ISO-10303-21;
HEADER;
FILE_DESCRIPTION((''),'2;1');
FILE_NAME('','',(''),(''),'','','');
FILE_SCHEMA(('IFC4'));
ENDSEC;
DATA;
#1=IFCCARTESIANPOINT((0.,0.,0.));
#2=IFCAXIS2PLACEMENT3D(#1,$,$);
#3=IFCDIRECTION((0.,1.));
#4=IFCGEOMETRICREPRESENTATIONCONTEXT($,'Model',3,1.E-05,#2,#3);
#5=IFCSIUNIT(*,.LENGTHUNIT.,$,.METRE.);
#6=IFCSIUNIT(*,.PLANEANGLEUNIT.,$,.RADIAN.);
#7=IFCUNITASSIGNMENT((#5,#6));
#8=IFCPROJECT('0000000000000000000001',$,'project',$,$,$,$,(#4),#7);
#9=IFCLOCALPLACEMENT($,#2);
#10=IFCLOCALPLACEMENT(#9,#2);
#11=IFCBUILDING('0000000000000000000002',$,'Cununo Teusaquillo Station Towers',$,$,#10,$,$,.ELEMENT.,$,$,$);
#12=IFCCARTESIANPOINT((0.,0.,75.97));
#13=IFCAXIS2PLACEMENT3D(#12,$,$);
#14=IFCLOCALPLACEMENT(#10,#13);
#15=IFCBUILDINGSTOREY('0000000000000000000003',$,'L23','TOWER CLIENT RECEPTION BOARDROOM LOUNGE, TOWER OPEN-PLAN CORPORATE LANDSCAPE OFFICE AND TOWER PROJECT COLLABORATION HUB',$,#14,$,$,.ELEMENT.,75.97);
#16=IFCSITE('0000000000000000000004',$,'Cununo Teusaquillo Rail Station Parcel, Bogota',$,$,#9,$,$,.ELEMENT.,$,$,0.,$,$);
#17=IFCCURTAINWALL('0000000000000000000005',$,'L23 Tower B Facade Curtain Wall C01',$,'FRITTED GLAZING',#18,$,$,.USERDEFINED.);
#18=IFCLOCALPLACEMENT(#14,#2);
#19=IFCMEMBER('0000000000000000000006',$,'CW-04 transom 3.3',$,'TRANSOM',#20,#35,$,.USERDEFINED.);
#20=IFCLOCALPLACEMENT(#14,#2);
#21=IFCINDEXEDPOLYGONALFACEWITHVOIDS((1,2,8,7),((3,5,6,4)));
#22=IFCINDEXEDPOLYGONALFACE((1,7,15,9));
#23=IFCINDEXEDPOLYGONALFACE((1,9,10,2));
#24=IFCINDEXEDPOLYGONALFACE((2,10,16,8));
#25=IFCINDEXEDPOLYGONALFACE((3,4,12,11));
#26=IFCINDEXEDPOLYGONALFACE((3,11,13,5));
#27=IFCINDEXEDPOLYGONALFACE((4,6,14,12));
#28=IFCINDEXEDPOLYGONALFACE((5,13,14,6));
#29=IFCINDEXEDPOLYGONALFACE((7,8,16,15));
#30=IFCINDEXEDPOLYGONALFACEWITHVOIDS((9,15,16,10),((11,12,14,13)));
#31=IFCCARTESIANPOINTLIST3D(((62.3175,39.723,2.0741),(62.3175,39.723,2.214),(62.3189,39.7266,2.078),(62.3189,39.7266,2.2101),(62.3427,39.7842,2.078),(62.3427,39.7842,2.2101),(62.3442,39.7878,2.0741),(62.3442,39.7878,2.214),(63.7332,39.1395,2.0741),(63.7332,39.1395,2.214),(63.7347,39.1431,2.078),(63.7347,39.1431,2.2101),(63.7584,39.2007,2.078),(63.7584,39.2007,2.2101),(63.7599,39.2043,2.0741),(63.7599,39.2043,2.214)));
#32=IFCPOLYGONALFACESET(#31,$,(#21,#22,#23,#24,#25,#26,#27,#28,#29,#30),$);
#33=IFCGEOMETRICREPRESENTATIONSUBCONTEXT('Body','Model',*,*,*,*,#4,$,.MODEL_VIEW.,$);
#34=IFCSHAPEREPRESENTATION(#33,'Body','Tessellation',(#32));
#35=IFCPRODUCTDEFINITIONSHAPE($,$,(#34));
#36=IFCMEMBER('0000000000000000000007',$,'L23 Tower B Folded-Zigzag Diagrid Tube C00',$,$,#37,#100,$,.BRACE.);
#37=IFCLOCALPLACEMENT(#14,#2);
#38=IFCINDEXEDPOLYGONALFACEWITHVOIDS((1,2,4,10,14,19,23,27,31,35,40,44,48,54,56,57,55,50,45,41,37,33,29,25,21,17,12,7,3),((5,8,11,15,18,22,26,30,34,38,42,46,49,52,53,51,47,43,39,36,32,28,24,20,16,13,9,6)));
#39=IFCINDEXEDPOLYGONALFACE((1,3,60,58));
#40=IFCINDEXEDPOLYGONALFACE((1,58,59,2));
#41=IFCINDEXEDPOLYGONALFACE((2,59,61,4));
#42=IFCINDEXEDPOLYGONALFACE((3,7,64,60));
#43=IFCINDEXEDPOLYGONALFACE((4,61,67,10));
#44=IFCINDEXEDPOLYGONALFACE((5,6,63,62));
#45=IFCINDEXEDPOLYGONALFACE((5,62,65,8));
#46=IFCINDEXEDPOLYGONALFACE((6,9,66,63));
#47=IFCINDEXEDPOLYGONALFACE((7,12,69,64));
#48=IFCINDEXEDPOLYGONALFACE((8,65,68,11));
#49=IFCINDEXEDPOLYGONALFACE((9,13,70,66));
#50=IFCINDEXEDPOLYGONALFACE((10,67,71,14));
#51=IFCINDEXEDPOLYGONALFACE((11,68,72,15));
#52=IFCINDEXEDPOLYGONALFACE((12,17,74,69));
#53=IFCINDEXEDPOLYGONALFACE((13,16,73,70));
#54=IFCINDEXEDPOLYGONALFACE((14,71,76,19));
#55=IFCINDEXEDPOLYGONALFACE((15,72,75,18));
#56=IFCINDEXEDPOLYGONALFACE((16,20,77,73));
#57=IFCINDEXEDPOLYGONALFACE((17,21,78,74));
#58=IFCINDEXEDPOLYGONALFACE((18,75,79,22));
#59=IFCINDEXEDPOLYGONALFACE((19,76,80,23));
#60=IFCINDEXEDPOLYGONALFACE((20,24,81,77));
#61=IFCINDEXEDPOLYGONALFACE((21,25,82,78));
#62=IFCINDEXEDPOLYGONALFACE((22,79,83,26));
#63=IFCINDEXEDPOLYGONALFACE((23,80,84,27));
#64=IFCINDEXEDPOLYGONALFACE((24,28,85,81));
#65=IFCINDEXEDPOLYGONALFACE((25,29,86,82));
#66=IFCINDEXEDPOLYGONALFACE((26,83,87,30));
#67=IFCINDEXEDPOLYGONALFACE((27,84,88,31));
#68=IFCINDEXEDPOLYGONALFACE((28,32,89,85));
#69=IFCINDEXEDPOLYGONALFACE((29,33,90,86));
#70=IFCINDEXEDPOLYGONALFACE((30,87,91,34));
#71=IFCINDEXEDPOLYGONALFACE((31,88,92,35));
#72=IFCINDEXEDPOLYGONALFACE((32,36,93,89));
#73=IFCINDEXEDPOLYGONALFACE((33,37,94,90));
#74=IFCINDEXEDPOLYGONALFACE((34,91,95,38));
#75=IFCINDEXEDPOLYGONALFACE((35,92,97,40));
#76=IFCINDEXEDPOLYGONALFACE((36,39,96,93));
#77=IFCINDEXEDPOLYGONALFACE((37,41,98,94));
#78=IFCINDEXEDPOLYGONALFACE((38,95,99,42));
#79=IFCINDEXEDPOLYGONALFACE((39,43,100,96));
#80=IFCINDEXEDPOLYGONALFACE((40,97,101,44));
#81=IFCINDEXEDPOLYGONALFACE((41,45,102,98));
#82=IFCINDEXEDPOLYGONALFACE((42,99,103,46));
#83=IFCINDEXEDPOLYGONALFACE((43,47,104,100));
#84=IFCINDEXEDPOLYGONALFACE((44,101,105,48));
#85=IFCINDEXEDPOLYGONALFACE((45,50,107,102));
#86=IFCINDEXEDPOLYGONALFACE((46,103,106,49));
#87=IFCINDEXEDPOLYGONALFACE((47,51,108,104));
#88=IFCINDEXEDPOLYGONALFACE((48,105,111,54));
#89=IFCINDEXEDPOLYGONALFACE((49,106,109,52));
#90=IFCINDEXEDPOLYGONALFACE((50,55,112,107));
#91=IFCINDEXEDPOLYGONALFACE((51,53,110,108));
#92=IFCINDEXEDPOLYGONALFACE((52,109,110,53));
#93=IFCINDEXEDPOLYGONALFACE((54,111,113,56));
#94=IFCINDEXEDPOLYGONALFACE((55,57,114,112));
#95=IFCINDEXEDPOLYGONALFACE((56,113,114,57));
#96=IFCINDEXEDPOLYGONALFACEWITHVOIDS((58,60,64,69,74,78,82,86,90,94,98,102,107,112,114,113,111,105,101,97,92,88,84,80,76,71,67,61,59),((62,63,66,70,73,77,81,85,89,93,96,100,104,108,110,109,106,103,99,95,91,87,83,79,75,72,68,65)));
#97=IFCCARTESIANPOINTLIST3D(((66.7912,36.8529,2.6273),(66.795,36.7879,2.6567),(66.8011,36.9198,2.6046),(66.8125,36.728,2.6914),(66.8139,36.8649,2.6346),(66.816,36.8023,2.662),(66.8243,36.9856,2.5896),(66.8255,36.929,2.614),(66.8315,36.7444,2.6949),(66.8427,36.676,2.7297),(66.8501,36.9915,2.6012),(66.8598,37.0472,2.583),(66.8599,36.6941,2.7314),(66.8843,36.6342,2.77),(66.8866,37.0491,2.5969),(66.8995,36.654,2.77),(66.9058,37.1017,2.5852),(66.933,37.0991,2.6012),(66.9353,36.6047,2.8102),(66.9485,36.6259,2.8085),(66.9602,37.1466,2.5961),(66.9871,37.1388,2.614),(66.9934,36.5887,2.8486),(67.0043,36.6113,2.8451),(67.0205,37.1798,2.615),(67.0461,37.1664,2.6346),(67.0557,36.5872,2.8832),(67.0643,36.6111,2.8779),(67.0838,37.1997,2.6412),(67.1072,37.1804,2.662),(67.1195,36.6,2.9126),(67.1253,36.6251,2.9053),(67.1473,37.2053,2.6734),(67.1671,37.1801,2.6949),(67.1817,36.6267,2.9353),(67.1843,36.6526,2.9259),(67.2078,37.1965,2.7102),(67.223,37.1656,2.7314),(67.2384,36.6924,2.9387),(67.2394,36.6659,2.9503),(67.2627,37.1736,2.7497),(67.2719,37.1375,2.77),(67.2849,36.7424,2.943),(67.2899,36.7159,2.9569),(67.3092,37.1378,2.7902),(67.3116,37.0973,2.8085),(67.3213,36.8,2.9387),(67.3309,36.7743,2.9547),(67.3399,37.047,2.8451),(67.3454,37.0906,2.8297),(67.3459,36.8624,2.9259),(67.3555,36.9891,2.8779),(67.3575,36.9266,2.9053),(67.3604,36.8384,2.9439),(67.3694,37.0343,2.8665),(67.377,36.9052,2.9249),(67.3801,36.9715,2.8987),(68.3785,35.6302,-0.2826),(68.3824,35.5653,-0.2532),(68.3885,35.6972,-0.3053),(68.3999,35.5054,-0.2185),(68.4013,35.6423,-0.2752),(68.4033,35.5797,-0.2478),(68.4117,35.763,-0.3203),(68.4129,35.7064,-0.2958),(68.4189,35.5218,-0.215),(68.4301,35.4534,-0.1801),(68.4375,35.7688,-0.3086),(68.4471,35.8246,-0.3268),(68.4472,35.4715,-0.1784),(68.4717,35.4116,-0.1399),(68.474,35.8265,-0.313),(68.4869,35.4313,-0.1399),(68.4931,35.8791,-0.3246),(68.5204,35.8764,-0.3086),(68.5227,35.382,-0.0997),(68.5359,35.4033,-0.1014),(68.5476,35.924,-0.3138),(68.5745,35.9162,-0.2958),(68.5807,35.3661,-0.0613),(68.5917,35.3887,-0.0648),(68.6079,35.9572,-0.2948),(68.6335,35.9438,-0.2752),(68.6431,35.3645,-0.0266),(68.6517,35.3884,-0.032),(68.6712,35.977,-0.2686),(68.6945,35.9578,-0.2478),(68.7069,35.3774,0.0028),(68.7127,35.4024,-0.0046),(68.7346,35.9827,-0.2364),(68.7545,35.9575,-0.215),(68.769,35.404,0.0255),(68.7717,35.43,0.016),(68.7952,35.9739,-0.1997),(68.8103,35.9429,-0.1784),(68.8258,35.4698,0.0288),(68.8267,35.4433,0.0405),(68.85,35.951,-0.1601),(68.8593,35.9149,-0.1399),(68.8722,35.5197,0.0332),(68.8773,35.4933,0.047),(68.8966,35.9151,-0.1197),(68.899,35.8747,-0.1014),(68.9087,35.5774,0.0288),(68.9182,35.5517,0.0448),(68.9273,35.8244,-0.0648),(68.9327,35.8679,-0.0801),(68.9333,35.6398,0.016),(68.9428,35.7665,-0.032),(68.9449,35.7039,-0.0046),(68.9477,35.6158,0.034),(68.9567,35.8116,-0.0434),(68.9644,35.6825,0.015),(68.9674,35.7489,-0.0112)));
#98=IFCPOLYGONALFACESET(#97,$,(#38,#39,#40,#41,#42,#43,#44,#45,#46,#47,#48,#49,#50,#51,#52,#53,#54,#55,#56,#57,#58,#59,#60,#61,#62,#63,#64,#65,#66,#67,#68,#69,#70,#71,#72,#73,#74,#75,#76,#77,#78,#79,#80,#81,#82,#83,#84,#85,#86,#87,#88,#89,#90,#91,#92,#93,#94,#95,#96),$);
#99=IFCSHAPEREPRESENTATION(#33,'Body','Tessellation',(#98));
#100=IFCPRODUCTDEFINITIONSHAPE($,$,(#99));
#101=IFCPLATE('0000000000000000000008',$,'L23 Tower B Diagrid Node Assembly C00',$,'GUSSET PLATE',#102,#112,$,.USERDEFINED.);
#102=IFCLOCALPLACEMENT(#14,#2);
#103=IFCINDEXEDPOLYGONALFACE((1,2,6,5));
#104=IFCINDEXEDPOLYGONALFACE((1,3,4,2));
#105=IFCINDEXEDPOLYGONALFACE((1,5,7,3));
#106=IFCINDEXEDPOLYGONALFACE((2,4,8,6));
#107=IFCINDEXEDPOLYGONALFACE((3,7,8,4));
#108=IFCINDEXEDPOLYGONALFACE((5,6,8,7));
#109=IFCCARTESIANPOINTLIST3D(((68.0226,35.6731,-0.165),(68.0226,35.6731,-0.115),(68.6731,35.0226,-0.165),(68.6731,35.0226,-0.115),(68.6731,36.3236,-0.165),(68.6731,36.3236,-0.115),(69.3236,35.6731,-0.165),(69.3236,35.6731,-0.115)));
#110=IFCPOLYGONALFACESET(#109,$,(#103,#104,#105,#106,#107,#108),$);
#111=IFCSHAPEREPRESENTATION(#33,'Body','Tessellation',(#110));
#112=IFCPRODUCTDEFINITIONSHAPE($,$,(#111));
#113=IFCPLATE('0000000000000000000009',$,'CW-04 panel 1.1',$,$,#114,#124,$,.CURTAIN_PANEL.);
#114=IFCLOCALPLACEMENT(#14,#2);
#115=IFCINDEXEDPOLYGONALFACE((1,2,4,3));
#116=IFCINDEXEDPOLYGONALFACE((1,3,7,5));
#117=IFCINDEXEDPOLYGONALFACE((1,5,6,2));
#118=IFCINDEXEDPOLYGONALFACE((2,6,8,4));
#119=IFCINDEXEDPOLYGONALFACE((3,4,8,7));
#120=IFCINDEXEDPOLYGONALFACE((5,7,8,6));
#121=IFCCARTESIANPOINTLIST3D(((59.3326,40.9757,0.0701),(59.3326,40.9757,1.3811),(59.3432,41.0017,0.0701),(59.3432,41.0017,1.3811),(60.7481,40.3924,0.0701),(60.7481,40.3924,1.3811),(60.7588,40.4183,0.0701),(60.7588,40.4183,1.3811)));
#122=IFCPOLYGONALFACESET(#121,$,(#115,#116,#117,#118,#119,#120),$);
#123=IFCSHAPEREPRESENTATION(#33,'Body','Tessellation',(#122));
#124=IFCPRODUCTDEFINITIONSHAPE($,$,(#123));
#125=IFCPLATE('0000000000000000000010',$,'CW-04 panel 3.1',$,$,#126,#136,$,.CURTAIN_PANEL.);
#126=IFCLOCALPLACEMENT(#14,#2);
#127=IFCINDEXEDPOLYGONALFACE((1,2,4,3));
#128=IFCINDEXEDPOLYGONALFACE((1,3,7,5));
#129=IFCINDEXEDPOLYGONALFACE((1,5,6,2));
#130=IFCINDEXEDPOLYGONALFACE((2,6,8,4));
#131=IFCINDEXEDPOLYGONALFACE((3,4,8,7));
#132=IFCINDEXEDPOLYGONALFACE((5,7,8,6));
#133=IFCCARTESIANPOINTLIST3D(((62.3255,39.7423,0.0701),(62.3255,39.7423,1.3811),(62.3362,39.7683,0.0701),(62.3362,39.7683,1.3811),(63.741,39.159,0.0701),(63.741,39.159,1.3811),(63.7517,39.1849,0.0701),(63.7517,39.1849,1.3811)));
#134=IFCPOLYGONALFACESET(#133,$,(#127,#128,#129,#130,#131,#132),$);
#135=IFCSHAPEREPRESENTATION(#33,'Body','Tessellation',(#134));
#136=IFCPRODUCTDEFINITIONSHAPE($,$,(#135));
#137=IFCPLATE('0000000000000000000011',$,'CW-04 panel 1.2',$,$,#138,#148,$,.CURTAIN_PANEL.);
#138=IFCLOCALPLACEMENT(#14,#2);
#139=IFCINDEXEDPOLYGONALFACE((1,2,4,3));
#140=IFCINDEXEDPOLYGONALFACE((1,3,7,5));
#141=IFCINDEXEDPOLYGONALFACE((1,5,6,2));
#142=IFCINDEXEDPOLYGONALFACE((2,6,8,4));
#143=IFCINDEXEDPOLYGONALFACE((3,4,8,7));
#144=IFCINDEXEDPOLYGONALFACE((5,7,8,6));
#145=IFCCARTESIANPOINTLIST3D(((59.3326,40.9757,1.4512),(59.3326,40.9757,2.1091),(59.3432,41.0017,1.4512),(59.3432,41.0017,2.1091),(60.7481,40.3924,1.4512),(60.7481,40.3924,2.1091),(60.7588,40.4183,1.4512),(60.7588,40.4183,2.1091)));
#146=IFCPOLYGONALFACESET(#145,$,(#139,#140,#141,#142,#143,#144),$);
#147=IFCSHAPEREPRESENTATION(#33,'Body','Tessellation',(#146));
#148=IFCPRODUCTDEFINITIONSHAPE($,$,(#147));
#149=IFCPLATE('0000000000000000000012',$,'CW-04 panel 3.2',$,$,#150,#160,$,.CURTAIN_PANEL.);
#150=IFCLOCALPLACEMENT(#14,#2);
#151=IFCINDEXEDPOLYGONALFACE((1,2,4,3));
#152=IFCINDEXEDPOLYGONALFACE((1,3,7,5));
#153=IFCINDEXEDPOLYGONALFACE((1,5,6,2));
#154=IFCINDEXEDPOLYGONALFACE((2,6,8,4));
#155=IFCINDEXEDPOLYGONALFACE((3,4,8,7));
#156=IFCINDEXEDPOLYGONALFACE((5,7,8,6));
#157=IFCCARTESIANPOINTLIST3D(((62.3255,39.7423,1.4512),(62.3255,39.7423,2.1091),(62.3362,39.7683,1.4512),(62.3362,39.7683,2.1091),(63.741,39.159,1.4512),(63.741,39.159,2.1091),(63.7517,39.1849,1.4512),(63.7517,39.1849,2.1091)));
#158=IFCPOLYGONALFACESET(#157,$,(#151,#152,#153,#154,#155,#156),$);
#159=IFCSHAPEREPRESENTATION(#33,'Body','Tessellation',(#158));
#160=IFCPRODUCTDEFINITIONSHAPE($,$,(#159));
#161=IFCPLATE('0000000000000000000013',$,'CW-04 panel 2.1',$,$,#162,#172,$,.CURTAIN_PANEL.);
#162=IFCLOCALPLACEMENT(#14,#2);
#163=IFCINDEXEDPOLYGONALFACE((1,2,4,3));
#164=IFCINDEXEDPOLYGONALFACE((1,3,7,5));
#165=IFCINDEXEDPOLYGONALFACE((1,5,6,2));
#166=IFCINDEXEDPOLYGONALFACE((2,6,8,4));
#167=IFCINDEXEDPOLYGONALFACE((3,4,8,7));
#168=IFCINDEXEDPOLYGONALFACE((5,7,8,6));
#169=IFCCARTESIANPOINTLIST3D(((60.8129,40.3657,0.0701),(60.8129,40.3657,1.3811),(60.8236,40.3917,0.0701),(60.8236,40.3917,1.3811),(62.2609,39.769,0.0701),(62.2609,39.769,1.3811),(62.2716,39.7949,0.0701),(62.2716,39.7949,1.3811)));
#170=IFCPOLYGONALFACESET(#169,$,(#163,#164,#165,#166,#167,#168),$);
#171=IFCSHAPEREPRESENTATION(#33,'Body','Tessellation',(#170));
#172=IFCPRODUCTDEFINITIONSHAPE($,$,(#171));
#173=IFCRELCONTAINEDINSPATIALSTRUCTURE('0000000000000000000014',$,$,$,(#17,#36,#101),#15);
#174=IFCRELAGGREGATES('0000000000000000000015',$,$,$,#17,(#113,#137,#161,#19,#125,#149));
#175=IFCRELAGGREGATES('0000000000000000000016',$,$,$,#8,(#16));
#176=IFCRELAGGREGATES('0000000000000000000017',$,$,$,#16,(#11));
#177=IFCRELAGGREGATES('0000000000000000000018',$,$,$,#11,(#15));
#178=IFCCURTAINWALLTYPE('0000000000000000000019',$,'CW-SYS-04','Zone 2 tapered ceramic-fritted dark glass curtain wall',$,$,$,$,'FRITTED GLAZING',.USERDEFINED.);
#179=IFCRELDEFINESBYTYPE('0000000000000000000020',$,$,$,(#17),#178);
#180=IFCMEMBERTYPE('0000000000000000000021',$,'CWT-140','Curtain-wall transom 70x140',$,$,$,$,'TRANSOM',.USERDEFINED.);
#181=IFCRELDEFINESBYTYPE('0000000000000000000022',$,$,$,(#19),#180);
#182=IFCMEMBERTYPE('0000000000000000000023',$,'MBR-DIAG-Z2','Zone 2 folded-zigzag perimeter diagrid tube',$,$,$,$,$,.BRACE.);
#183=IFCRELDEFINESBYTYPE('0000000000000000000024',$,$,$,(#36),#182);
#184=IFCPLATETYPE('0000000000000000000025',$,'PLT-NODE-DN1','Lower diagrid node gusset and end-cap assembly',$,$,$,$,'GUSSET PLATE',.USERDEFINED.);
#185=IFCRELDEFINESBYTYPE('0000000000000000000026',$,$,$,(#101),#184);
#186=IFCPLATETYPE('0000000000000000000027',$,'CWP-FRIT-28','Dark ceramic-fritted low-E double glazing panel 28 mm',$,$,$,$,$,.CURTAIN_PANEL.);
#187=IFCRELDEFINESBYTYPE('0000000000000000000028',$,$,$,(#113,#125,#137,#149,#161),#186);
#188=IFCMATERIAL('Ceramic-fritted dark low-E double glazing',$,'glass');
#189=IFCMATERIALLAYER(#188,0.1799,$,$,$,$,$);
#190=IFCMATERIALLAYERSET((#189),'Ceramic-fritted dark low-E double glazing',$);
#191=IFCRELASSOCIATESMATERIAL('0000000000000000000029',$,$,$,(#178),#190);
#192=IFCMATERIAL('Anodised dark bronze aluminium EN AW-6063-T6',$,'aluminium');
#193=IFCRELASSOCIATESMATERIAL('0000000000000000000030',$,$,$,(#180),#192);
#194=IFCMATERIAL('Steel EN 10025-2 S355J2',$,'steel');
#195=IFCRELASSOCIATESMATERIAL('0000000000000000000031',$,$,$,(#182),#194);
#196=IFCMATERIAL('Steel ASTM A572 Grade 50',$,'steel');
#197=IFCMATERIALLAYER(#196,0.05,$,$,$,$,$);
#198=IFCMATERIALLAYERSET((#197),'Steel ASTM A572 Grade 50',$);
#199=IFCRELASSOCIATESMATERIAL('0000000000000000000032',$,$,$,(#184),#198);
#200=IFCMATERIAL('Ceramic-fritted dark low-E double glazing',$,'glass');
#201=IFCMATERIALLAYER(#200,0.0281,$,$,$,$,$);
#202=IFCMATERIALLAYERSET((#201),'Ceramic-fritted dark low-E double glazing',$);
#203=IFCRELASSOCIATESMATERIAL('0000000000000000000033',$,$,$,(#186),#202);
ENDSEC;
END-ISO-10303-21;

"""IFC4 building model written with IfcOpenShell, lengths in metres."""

from ifc_helpers import new_model, si_unit, direction, frame, origin, origin_2d, place, context, subcontext, project, spatial, rectangle, hollow_rectangle, hollow_circle, extrude, source, transform, mapped, material, layer, layer_set, material_profile, profile_set, type_object, element, aggregate, save


model = new_model("IFC4")

# Units and contexts
model_context = context("Model", 3, precision=1e-05, world=origin(), true_north=direction((0.0, 1.0)))
body_context = subcontext(model_context, "Body", "Model", "MODEL_VIEW")
ifc_project = project(units=[si_unit("LENGTHUNIT", "METRE"), si_unit("PLANEANGLEUNIT", "RADIAN")], contexts=[model_context])

# Site, building, storey
site_placement = place(None, origin())
site = spatial("IfcSite", under=ifc_project, at=site_placement, Name="Cununo Teusaquillo Rail Station Parcel, Bogota", CompositionType="ELEMENT", RefElevation=0.0)
building_placement = place(site_placement, origin())
building = spatial("IfcBuilding", under=site, at=building_placement, Name="Cununo Teusaquillo Station Towers", CompositionType="ELEMENT")
storey_placement = place(building_placement, frame((0.0, 0.0, 75.97)))
storey = spatial("IfcBuildingStorey", under=building, at=storey_placement, Name="L23", Description="TOWER CLIENT RECEPTION BOARDROOM LOUNGE, TOWER OPEN-PLAN CORPORATE LANDSCAPE OFFICE AND TOWER PROJECT COLLABORATION HUB", CompositionType="ELEMENT", Elevation=75.97)

# Curtain wall, member
ifc_material_1 = material(Name="Ceramic-fritted dark low-E double glazing", Category="glass")
ifc_layer_1 = layer(ifc_material_1, 0.1799)
ifc_layer_set_1 = layer_set([ifc_layer_1], Name="Ceramic-fritted dark low-E double glazing")
curtain_wall_type = type_object("IfcCurtainWallType", Name="CW-SYS-04", Description="Zone 2 tapered ceramic-fritted dark glass curtain wall", ElementType="FRITTED GLAZING", PredefinedType="USERDEFINED", material=ifc_layer_set_1)
curtain_wall_placement = place(storey_placement, origin())
curtain_wall = element("IfcCurtainWall", 1, at=curtain_wall_placement, inside=storey, type_object=curtain_wall_type, Name="L23 Tower B Facade Curtain Wall C01", ObjectType="FRITTED GLAZING", PredefinedType="USERDEFINED")
ifc_material_2 = material(Name="Anodised dark bronze aluminium EN AW-6063-T6", Category="aluminium")
ifc_material_profile_1 = material_profile(ifc_material_2, hollow_rectangle(XDim=0.0701, YDim=0.1399, WallThickness=0.0039, at=origin_2d()), Name="CW-TRAN-70x140")
ifc_profile_set_1 = profile_set([ifc_material_profile_1], Name="Anodised dark bronze aluminium EN AW-6063-T6")
member_type_1 = type_object("IfcMemberType", Name="CWT-140", Description="Curtain-wall transom 70x140", ElementType="TRANSOM", PredefinedType="USERDEFINED", material=ifc_profile_set_1)
member_1_placement = place(storey_placement, frame((62.3308, 39.7554, 2.144), z_axis=(0.924556, -0.381046, 0.0), x_axis=(0.381046, 0.924556, 0.0)))
member_1 = element("IfcMember", 2, at=member_1_placement, type_object=member_type_1, Name="CW-04 transom 3.3", ObjectType="TRANSOM", PredefinedType="USERDEFINED", context=body_context, shape_type="SweptSolid", body=[
    extrude(hollow_rectangle(XDim=0.0701, YDim=0.1399, WallThickness=0.0039, at=origin_2d()), origin(), (0.0, 0.0, 1.0), 1.5312),
])

# Member
ifc_material_3 = material(Name="Steel EN 10025-2 S355J2", Category="steel")
ifc_material_profile_2 = material_profile(ifc_material_3, hollow_circle(Radius=0.3301, WallThickness=0.0249, at=origin_2d()), Name="CHS 660x25")
ifc_profile_set_2 = profile_set([ifc_material_profile_2], Name="Steel EN 10025-2 S355J2")
member_type_2 = type_object("IfcMemberType", Name="MBR-DIAG-Z2", Description="Zone 2 folded-zigzag perimeter diagrid tube", PredefinedType="BRACE", material=ifc_profile_set_2)
member_2_placement = place(storey_placement, frame((68.6731, 35.6731, -0.1399), z_axis=(-0.449303, 0.346064, 0.82363), x_axis=(-0.610205, -0.792243, 0.0)))
element("IfcMember", 3, at=member_2_placement, inside=storey, type_object=member_type_2, Name="L23 Tower B Folded-Zigzag Diagrid Tube C00", PredefinedType="BRACE", context=body_context, shape_type="SweptSolid", body=[
    extrude(hollow_circle(Radius=0.3301, WallThickness=0.0249, at=origin_2d()), origin(), (0.0, 0.0, 1.0), 3.533),
])

# Plates
ifc_material_4 = material(Name="Steel ASTM A572 Grade 50", Category="steel")
ifc_layer_2 = layer(ifc_material_4, 0.05)
ifc_layer_set_2 = layer_set([ifc_layer_2], Name="Steel ASTM A572 Grade 50")
plate_type_1 = type_object("IfcPlateType", Name="PLT-NODE-DN1", Description="Lower diagrid node gusset and end-cap assembly", ElementType="GUSSET PLATE", PredefinedType="USERDEFINED", material=ifc_layer_set_2)
shared_shape_1 = source(origin(), body_context, "Body", "SweptSolid", [
    extrude(rectangle(XDim=0.9199, YDim=0.9199, at=origin_2d()), origin(), (0.0, 0.0, 1.0), 0.05),
])
plate_1_placement = place(storey_placement, frame((68.6731, 35.6731, -0.165), z_axis=(0.0, 0.0, 1.0), x_axis=(0.707107, 0.707107, 0.0)))
element("IfcPlate", 4, at=plate_1_placement, inside=storey, type_object=plate_type_1, Name="L23 Tower B Diagrid Node Assembly C00", ObjectType="GUSSET PLATE", PredefinedType="USERDEFINED", context=body_context, shape_type="MappedRepresentation", body=[
    mapped(shared_shape_1, transform((0.0, 0.0, 0.0), x_axis=(1.0, 0.0, 0.0), y_axis=(0.0, 1.0, 0.0), z_axis=(0.0, 0.0, 1.0), scale=1.0)),
])
ifc_material_5 = material(Name="Ceramic-fritted dark low-E double glazing", Category="glass")
ifc_layer_3 = layer(ifc_material_5, 0.0281)
ifc_layer_set_3 = layer_set([ifc_layer_3], Name="Ceramic-fritted dark low-E double glazing")
plate_type_2 = type_object("IfcPlateType", Name="CWP-FRIT-28", Description="Dark ceramic-fritted low-E double glazing panel 28 mm", PredefinedType="CURTAIN_PANEL", material=ifc_layer_set_3)
shared_shape_2 = source(origin(), body_context, "Body", "SweptSolid", [
    extrude(rectangle(XDim=1.531, YDim=0.0281, at=origin_2d()), origin(), (0.0, 0.0, 1.0), 1.311),
])
plate_2_placement = place(storey_placement, frame((60.0457, 40.697, 0.0701), z_axis=(0.0, 0.0, 1.0), x_axis=(0.924562, -0.381031, 0.0)))
plate_2 = element("IfcPlate", 5, at=plate_2_placement, type_object=plate_type_2, Name="CW-04 panel 1.1", PredefinedType="CURTAIN_PANEL", context=body_context, shape_type="MappedRepresentation", body=[
    mapped(shared_shape_2, transform((0.0, 0.0, 0.0), x_axis=(1.0, 0.0, 0.0), y_axis=(0.0, 1.0, 0.0), z_axis=(0.0, 0.0, 1.0), scale=1.0)),
])
plate_3_placement = place(storey_placement, frame((63.0386, 39.4636, 0.0701), z_axis=(0.0, 0.0, 1.0), x_axis=(0.924562, -0.381031, 0.0)))
plate_3 = element("IfcPlate", 6, at=plate_3_placement, type_object=plate_type_2, Name="CW-04 panel 3.1", PredefinedType="CURTAIN_PANEL", context=body_context, shape_type="MappedRepresentation", body=[
    mapped(shared_shape_2, transform((0.0, 0.0, 0.0), x_axis=(1.0, 0.0, 0.0), y_axis=(0.0, 1.0, 0.0), z_axis=(0.0, 0.0, 1.0), scale=1.0)),
])
shared_shape_3 = source(origin(), body_context, "Body", "SweptSolid", [
    extrude(rectangle(XDim=1.531, YDim=0.0281, at=origin_2d()), origin(), (0.0, 0.0, 1.0), 0.658),
])
plate_4_placement = place(storey_placement, frame((60.0457, 40.697, 1.4512), z_axis=(0.0, 0.0, 1.0), x_axis=(0.924562, -0.381031, 0.0)))
plate_4 = element("IfcPlate", 7, at=plate_4_placement, type_object=plate_type_2, Name="CW-04 panel 1.2", PredefinedType="CURTAIN_PANEL", context=body_context, shape_type="MappedRepresentation", body=[
    mapped(shared_shape_3, transform((0.0, 0.0, 0.0), x_axis=(1.0, 0.0, 0.0), y_axis=(0.0, 1.0, 0.0), z_axis=(0.0, 0.0, 1.0), scale=1.0)),
])
plate_5_placement = place(storey_placement, frame((63.0386, 39.4636, 1.4512), z_axis=(0.0, 0.0, 1.0), x_axis=(0.924562, -0.381031, 0.0)))
plate_5 = element("IfcPlate", 8, at=plate_5_placement, type_object=plate_type_2, Name="CW-04 panel 3.2", PredefinedType="CURTAIN_PANEL", context=body_context, shape_type="MappedRepresentation", body=[
    mapped(shared_shape_3, transform((0.0, 0.0, 0.0), x_axis=(1.0, 0.0, 0.0), y_axis=(0.0, 1.0, 0.0), z_axis=(0.0, 0.0, 1.0), scale=1.0)),
])
shared_shape_4 = source(origin(), body_context, "Body", "SweptSolid", [
    extrude(rectangle(XDim=1.5662, YDim=0.0281, at=origin_2d()), origin(), (0.0, 0.0, 1.0), 1.311),
])
plate_6_placement = place(storey_placement, frame((61.5422, 40.0803, 0.0701), z_axis=(0.0, 0.0, 1.0), x_axis=(0.924562, -0.381031, 0.0)))
plate_6 = element("IfcPlate", 9, at=plate_6_placement, type_object=plate_type_2, Name="CW-04 panel 2.1", PredefinedType="CURTAIN_PANEL", context=body_context, shape_type="MappedRepresentation", body=[
    mapped(shared_shape_4, transform((0.0, 0.0, 0.0), x_axis=(1.0, 0.0, 0.0), y_axis=(0.0, 1.0, 0.0), z_axis=(0.0, 0.0, 1.0), scale=1.0)),
])
aggregate(curtain_wall, [plate_2, plate_4, plate_6, member_1, plate_3, plate_5])

save(model, "model.ifc")
